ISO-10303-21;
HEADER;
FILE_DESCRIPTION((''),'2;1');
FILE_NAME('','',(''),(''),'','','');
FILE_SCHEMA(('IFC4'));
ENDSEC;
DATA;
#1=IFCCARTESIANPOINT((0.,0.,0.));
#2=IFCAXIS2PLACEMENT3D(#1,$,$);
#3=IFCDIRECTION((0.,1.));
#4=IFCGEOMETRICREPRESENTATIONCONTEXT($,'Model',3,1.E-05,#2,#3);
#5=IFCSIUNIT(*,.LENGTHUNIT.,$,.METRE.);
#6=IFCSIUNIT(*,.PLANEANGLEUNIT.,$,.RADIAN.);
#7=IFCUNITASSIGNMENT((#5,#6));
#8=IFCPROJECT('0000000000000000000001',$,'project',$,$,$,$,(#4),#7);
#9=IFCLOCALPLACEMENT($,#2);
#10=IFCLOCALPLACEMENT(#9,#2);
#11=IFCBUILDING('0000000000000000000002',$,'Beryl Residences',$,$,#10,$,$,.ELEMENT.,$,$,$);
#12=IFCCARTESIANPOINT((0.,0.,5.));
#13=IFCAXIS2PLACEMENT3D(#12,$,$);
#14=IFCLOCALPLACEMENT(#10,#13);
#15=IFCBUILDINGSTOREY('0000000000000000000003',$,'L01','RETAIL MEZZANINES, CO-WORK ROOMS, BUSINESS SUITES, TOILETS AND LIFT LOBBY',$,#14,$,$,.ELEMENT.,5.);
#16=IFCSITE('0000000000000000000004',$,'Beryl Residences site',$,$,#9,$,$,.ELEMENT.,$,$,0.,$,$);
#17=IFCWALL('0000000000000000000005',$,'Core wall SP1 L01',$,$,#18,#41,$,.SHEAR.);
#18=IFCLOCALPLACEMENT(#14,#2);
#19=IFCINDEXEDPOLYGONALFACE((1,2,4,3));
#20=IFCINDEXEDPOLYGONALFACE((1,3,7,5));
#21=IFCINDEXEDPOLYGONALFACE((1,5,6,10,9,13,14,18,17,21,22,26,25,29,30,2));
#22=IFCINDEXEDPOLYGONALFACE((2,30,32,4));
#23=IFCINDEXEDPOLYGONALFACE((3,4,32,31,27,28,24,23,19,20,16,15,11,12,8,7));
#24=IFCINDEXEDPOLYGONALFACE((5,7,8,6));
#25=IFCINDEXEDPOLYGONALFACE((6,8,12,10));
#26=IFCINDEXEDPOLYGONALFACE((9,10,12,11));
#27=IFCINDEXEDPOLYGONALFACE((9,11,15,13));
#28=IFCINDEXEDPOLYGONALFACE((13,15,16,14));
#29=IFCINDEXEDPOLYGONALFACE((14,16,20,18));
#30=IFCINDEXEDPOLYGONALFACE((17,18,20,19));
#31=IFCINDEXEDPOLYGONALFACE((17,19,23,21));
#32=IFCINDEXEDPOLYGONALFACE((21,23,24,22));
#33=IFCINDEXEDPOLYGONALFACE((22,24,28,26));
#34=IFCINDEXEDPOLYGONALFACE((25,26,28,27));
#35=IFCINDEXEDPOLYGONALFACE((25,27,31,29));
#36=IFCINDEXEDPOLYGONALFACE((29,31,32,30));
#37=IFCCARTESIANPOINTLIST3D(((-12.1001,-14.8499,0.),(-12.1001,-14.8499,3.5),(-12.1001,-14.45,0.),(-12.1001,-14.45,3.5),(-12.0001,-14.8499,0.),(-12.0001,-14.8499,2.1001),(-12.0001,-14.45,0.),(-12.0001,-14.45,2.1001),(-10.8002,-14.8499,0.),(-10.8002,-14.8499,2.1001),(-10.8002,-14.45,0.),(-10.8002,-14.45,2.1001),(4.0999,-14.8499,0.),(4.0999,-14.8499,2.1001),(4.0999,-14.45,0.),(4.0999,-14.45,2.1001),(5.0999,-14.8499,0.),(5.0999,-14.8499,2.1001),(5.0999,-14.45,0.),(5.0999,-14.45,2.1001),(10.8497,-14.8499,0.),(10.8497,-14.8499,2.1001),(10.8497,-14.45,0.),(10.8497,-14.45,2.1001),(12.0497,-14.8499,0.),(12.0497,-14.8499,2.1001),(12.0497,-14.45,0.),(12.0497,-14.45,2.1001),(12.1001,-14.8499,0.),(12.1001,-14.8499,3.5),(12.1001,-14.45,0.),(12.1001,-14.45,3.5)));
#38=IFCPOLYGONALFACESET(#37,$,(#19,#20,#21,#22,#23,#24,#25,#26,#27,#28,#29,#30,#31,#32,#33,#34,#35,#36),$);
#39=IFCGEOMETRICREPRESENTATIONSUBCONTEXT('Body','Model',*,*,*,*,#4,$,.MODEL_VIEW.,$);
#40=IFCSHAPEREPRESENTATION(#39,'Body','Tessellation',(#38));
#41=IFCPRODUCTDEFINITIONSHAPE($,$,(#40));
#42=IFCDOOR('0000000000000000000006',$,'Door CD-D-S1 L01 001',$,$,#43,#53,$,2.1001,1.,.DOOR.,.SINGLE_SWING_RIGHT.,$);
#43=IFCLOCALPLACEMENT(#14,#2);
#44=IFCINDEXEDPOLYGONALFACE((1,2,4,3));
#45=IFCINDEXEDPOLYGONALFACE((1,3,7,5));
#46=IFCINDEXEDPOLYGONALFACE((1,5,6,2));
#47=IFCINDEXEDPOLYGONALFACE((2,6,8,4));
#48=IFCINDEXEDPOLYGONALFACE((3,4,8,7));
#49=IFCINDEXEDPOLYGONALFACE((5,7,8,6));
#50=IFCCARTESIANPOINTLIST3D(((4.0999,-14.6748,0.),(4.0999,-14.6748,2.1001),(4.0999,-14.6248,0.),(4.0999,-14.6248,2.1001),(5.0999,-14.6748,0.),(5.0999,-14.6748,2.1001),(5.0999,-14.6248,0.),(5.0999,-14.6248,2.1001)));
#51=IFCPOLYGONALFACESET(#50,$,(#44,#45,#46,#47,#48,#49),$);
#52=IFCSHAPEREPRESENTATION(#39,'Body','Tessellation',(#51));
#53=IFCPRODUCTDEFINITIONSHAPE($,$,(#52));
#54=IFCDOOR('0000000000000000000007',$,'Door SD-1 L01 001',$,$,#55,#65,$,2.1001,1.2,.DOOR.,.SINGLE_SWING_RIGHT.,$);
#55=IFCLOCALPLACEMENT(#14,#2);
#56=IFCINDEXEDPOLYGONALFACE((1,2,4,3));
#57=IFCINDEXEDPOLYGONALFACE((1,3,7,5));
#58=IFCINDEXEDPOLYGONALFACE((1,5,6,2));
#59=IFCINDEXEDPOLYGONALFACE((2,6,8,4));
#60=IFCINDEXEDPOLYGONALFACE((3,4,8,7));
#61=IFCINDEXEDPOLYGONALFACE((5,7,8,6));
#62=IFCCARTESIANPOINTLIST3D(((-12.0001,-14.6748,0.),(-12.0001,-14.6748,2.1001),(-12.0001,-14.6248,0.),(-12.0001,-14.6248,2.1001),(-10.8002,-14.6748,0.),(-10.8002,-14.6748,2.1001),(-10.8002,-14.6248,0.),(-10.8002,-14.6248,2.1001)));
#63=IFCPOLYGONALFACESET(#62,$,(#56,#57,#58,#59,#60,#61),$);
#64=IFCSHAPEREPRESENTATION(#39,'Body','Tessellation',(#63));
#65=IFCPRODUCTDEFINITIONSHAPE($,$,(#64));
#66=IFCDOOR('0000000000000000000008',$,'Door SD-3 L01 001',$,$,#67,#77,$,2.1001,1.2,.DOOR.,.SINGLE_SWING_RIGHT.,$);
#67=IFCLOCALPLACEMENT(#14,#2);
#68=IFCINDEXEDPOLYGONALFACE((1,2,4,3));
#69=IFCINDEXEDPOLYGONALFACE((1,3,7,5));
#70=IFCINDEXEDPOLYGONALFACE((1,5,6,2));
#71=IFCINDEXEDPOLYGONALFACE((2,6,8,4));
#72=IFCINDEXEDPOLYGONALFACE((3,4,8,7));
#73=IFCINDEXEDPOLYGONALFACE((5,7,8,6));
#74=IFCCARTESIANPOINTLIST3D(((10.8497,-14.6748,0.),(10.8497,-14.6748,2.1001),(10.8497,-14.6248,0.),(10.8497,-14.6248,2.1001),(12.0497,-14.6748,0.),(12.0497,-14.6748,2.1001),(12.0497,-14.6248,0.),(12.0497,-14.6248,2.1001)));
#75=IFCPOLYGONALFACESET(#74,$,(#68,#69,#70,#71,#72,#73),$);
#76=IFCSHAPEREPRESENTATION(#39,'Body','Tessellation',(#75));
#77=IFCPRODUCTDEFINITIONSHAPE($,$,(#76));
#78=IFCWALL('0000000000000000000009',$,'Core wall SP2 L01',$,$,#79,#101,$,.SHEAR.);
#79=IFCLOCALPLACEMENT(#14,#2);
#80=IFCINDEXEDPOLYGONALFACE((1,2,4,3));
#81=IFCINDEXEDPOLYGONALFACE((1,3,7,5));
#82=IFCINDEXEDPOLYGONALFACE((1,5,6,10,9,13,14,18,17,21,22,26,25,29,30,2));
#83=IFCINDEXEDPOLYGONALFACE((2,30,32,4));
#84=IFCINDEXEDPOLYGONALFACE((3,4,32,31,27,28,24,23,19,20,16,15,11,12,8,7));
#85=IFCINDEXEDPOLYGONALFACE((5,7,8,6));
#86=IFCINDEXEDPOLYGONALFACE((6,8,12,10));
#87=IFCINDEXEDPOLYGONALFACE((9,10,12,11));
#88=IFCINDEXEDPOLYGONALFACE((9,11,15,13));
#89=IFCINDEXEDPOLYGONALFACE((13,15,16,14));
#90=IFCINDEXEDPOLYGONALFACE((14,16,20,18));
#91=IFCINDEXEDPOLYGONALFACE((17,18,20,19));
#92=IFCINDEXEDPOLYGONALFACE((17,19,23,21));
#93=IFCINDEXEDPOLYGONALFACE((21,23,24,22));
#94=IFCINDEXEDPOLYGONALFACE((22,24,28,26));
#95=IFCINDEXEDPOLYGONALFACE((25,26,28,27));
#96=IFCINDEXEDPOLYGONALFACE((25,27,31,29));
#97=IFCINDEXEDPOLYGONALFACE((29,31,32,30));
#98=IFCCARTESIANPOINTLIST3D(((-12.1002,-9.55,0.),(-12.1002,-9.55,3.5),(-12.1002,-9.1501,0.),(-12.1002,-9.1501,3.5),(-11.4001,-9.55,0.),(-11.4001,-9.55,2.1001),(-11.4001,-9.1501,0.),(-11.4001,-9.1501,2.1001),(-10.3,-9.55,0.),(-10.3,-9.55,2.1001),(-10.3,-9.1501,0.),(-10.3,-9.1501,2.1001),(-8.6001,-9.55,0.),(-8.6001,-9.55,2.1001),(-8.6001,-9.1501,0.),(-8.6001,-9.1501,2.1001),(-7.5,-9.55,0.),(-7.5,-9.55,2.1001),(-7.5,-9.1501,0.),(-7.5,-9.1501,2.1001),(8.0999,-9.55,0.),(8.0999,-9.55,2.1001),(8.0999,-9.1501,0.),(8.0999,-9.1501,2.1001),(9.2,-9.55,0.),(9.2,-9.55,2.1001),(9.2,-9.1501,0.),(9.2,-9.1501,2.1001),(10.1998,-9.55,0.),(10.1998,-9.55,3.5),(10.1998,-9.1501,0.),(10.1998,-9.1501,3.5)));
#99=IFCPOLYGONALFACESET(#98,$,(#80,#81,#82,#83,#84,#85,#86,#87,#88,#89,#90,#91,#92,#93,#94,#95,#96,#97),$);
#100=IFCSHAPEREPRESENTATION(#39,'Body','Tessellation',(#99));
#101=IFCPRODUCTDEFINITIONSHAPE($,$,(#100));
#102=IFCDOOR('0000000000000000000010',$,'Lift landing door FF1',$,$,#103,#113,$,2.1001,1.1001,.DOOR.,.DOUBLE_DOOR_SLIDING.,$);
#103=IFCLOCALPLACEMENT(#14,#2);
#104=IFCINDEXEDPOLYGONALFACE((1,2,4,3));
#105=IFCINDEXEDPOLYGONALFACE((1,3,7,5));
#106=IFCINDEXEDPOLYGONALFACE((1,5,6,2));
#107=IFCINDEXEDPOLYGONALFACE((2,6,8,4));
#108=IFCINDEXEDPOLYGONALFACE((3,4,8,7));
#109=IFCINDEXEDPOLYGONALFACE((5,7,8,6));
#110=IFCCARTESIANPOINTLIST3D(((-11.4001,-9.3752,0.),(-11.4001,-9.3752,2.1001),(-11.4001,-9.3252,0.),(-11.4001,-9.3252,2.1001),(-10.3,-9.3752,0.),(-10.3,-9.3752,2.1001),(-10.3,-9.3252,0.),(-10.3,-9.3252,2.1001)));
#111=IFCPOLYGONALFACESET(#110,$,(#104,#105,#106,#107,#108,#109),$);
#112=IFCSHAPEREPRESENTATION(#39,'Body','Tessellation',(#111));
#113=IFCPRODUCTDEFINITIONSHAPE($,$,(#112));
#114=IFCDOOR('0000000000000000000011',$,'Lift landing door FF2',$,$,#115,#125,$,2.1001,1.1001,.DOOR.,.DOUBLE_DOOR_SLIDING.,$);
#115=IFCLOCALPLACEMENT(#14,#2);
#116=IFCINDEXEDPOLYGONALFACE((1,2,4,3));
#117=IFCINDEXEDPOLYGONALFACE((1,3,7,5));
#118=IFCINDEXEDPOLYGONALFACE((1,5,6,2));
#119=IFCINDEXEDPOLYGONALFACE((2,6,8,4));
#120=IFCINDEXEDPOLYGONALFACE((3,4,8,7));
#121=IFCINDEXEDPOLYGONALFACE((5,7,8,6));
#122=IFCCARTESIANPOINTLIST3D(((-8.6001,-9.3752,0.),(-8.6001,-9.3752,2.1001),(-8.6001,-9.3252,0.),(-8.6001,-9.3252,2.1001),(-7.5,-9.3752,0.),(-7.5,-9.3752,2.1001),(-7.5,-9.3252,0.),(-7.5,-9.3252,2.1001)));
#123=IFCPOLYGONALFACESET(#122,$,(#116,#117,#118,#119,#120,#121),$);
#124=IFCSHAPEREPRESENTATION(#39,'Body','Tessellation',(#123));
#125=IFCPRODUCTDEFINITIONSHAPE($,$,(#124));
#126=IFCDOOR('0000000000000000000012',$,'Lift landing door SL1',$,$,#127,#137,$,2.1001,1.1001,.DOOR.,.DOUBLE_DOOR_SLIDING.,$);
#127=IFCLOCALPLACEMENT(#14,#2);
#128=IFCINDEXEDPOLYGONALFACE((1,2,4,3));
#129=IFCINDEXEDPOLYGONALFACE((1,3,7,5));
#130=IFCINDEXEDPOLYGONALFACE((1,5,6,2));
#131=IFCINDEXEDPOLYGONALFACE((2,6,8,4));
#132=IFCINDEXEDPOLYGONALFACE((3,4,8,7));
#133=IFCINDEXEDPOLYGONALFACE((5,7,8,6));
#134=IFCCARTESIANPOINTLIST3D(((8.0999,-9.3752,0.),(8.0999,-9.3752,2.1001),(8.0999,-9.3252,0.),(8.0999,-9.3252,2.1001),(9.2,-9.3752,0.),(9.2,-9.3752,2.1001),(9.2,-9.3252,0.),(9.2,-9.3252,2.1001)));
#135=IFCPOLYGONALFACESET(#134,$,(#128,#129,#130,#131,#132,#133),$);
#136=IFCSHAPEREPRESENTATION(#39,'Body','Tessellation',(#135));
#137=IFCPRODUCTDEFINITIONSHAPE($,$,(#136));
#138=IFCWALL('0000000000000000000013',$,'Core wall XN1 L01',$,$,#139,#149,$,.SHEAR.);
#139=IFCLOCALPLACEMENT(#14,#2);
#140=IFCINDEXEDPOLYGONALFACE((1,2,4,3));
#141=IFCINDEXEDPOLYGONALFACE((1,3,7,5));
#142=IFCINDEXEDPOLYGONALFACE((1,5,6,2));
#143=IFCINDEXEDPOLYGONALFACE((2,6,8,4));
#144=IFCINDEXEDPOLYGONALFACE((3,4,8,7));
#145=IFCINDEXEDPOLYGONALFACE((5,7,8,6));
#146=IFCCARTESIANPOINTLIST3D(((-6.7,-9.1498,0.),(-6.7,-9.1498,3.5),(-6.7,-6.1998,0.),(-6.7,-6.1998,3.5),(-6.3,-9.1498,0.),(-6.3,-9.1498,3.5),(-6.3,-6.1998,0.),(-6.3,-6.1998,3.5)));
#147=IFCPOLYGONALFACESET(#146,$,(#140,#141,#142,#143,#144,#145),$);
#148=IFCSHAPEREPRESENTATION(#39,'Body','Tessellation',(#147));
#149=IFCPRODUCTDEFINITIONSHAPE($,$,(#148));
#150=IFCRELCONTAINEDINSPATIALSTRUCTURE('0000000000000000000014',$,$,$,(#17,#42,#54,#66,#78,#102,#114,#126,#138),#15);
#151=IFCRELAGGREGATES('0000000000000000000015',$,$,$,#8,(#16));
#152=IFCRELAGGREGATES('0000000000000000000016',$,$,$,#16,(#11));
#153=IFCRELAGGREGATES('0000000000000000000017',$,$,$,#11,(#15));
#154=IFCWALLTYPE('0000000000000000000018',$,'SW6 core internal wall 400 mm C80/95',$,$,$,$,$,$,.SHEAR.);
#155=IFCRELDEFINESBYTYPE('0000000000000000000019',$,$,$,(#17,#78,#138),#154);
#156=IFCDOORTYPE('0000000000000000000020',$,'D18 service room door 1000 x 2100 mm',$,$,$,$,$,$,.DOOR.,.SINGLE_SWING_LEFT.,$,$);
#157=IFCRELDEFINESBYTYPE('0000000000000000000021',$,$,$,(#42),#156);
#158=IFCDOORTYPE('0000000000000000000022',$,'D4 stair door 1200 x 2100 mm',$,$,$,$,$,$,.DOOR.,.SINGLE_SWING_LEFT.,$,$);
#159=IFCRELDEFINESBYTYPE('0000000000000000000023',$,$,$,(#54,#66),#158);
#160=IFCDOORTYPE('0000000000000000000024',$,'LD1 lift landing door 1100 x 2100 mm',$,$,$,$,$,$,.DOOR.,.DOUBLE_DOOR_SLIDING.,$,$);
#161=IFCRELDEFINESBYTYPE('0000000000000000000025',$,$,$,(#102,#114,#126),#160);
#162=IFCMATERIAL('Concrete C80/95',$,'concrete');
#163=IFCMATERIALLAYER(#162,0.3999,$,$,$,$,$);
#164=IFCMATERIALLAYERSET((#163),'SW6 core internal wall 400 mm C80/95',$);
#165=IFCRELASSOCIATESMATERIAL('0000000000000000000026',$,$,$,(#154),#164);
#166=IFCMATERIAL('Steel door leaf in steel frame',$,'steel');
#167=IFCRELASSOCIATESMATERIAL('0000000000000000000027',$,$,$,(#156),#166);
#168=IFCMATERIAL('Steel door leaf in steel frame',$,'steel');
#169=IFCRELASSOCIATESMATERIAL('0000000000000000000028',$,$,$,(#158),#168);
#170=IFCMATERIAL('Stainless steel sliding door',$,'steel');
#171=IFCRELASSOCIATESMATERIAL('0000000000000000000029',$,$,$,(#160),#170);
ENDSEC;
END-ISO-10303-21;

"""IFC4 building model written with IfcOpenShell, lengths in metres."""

from ifc_helpers import new_model, si_unit, direction, frame, frame_2d, origin, place, context, subcontext, project, spatial, rectangle, extrude, material, layer, layer_set, type_object, element, fill, save


model = new_model("IFC4")

# Units and contexts
model_context = context("Model", 3, precision=1e-05, world=origin(), true_north=direction((0.0, 1.0)))
body_context = subcontext(model_context, "Body", "Model", "MODEL_VIEW")
ifc_project = project(units=[si_unit("LENGTHUNIT", "METRE"), si_unit("PLANEANGLEUNIT", "RADIAN")], contexts=[model_context])

# Site, building, storey
site_placement = place(None, origin())
site = spatial("IfcSite", under=ifc_project, at=site_placement, Name="Beryl Residences site", CompositionType="ELEMENT", RefElevation=0.0)
building_placement = place(site_placement, origin())
building = spatial("IfcBuilding", under=site, at=building_placement, Name="Beryl Residences", CompositionType="ELEMENT")
storey_placement = place(building_placement, frame((0.0, 0.0, 5.0)))
storey = spatial("IfcBuildingStorey", under=building, at=storey_placement, Name="L01", Description="RETAIL MEZZANINES, CO-WORK ROOMS, BUSINESS SUITES, TOILETS AND LIFT LOBBY", CompositionType="ELEMENT", Elevation=5.0)

# Walls, openings, doors
ifc_material_1 = material(Name="Concrete C80/95", Category="concrete")
ifc_layer_1 = layer(ifc_material_1, 0.3999)
ifc_layer_set_1 = layer_set([ifc_layer_1], Name="SW6 core internal wall 400 mm C80/95")
wall_type_1 = type_object("IfcWallType", Name="SW6 core internal wall 400 mm C80/95", PredefinedType="SHEAR", material=ifc_layer_set_1)
wall_1_placement = place(storey_placement, frame((-12.1001, -14.6499, 0.0), z_axis=(0.0, 0.0, 1.0), x_axis=(1.0, 0.0, 0.0)))
wall_1 = element("IfcWall", 1, at=wall_1_placement, inside=storey, type_object=wall_type_1, Name="Core wall SP1 L01", PredefinedType="SHEAR", context=body_context, shape_type="SweptSolid", body=[
    extrude(rectangle(XDim=24.2002, YDim=0.3999, at=frame_2d((12.1001, 0.0))), origin(), (0.0, 0.0, 1.0), 3.5),
])
opening_1_placement = place(wall_1_placement, frame((1.3, 0.0, 0.0), z_axis=(0.0, 0.0, 1.0), x_axis=(-1.0, 0.0, 0.0)))
opening_1 = element("IfcOpeningElement", 2, at=opening_1_placement, cuts=wall_1, PredefinedType="OPENING", context=body_context, shape_type="SweptSolid", body=[
    extrude(rectangle(XDim=1.2, YDim=2.1001, at=frame_2d((0.6001, 1.05))), frame((0.0, 0.21, 0.0), z_axis=(0.0, -1.0, 0.0), x_axis=(1.0, 0.0, 0.0)), (0.0, 0.0, 1.0), 0.4199),
])
opening_2_placement = place(wall_1_placement, frame((24.1499, 0.0, 0.0), z_axis=(0.0, 0.0, 1.0), x_axis=(-1.0, 0.0, 0.0)))
opening_2 = element("IfcOpeningElement", 3, at=opening_2_placement, cuts=wall_1, PredefinedType="OPENING", context=body_context, shape_type="SweptSolid", body=[
    extrude(rectangle(XDim=1.2, YDim=2.1001, at=frame_2d((0.6001, 1.05))), frame((0.0, 0.21, 0.0), z_axis=(0.0, -1.0, 0.0), x_axis=(1.0, 0.0, 0.0)), (0.0, 0.0, 1.0), 0.4199),
])
opening_3_placement = place(wall_1_placement, frame((17.2, 0.0, 0.0), z_axis=(0.0, 0.0, 1.0), x_axis=(-1.0, 0.0, 0.0)))
opening_3 = element("IfcOpeningElement", 4, at=opening_3_placement, cuts=wall_1, PredefinedType="OPENING", context=body_context, shape_type="SweptSolid", body=[
    extrude(rectangle(XDim=1.0, YDim=2.1001, at=frame_2d((0.5, 1.05))), frame((0.0, 0.21, 0.0), z_axis=(0.0, -1.0, 0.0), x_axis=(1.0, 0.0, 0.0)), (0.0, 0.0, 1.0), 0.4199),
])
ifc_material_2 = material(Name="Steel door leaf in steel frame", Category="steel")
door_type_1 = type_object("IfcDoorType", Name="D18 service room door 1000 x 2100 mm", OperationType="SINGLE_SWING_LEFT", PredefinedType="DOOR", material=ifc_material_2)
door_1_placement = place(opening_3_placement, origin())
door_1 = element("IfcDoor", 5, at=door_1_placement, inside=storey, type_object=door_type_1, Name="Door CD-D-S1 L01 001", OperationType="SINGLE_SWING_RIGHT", OverallHeight=2.1001, OverallWidth=1.0, PredefinedType="DOOR", context=body_context, shape_type="SweptSolid", body=[
    extrude(rectangle(XDim=1.0, YDim=2.1001, at=frame_2d((0.5, 1.05))), frame((0.0, 0.0249, 0.0), z_axis=(0.0, -1.0, 0.0), x_axis=(1.0, 0.0, 0.0)), (0.0, 0.0, 1.0), 0.05),
])
fill(opening_3, door_1)
ifc_material_3 = material(Name="Steel door leaf in steel frame", Category="steel")
door_type_2 = type_object("IfcDoorType", Name="D4 stair door 1200 x 2100 mm", OperationType="SINGLE_SWING_LEFT", PredefinedType="DOOR", material=ifc_material_3)
door_2_placement = place(opening_1_placement, origin())
door_2 = element("IfcDoor", 6, at=door_2_placement, inside=storey, type_object=door_type_2, Name="Door SD-1 L01 001", OperationType="SINGLE_SWING_RIGHT", OverallHeight=2.1001, OverallWidth=1.2, PredefinedType="DOOR", context=body_context, shape_type="SweptSolid", body=[
    extrude(rectangle(XDim=1.2, YDim=2.1001, at=frame_2d((0.6001, 1.05))), frame((0.0, 0.0249, 0.0), z_axis=(0.0, -1.0, 0.0), x_axis=(1.0, 0.0, 0.0)), (0.0, 0.0, 1.0), 0.05),
])
fill(opening_1, door_2)
door_3_placement = place(opening_2_placement, origin())
door_3 = element("IfcDoor", 7, at=door_3_placement, inside=storey, type_object=door_type_2, Name="Door SD-3 L01 001", OperationType="SINGLE_SWING_RIGHT", OverallHeight=2.1001, OverallWidth=1.2, PredefinedType="DOOR", context=body_context, shape_type="SweptSolid", body=[
    extrude(rectangle(XDim=1.2, YDim=2.1001, at=frame_2d((0.6001, 1.05))), frame((0.0, 0.0249, 0.0), z_axis=(0.0, -1.0, 0.0), x_axis=(1.0, 0.0, 0.0)), (0.0, 0.0, 1.0), 0.05),
])
fill(opening_2, door_3)
wall_2_placement = place(storey_placement, frame((-12.1001, -9.3501, 0.0), z_axis=(0.0, 0.0, 1.0), x_axis=(1.0, 0.0, 0.0)))
wall_2 = element("IfcWall", 8, at=wall_2_placement, inside=storey, type_object=wall_type_1, Name="Core wall SP2 L01", PredefinedType="SHEAR", context=body_context, shape_type="SweptSolid", body=[
    extrude(rectangle(XDim=22.3, YDim=0.3999, at=frame_2d((11.1499, 0.0))), origin(), (0.0, 0.0, 1.0), 3.5),
])
opening_4_placement = place(wall_2_placement, frame((0.7, 0.0, 0.0)))
opening_4 = element("IfcOpeningElement", 9, at=opening_4_placement, cuts=wall_2, PredefinedType="OPENING", context=body_context, shape_type="SweptSolid", body=[
    extrude(rectangle(XDim=1.1001, YDim=2.1001, at=frame_2d((0.55, 1.05))), frame((0.0, 0.21, 0.0), z_axis=(0.0, -1.0, 0.0), x_axis=(1.0, 0.0, 0.0)), (0.0, 0.0, 1.0), 0.4199),
])
opening_5_placement = place(wall_2_placement, frame((3.5, 0.0, 0.0)))
opening_5 = element("IfcOpeningElement", 10, at=opening_5_placement, cuts=wall_2, PredefinedType="OPENING", context=body_context, shape_type="SweptSolid", body=[
    extrude(rectangle(XDim=1.1001, YDim=2.1001, at=frame_2d((0.55, 1.05))), frame((0.0, 0.21, 0.0), z_axis=(0.0, -1.0, 0.0), x_axis=(1.0, 0.0, 0.0)), (0.0, 0.0, 1.0), 0.4199),
])
opening_6_placement = place(wall_2_placement, frame((20.2, 0.0, 0.0)))
opening_6 = element("IfcOpeningElement", 11, at=opening_6_placement, cuts=wall_2, PredefinedType="OPENING", context=body_context, shape_type="SweptSolid", body=[
    extrude(rectangle(XDim=1.1001, YDim=2.1001, at=frame_2d((0.55, 1.05))), frame((0.0, 0.21, 0.0), z_axis=(0.0, -1.0, 0.0), x_axis=(1.0, 0.0, 0.0)), (0.0, 0.0, 1.0), 0.4199),
])
ifc_material_4 = material(Name="Stainless steel sliding door", Category="steel")
door_type_3 = type_object("IfcDoorType", Name="LD1 lift landing door 1100 x 2100 mm", OperationType="DOUBLE_DOOR_SLIDING", PredefinedType="DOOR", material=ifc_material_4)
door_4_placement = place(opening_4_placement, origin())
door_4 = element("IfcDoor", 12, at=door_4_placement, inside=storey, type_object=door_type_3, Name="Lift landing door FF1", OperationType="DOUBLE_DOOR_SLIDING", OverallHeight=2.1001, OverallWidth=1.1001, PredefinedType="DOOR", context=body_context, shape_type="SweptSolid", body=[
    extrude(rectangle(XDim=1.1001, YDim=2.1001, at=frame_2d((0.55, 1.05))), frame((0.0, 0.0249, 0.0), z_axis=(0.0, -1.0, 0.0), x_axis=(1.0, 0.0, 0.0)), (0.0, 0.0, 1.0), 0.05),
])
fill(opening_4, door_4)
door_5_placement = place(opening_5_placement, origin())
door_5 = element("IfcDoor", 13, at=door_5_placement, inside=storey, type_object=door_type_3, Name="Lift landing door FF2", OperationType="DOUBLE_DOOR_SLIDING", OverallHeight=2.1001, OverallWidth=1.1001, PredefinedType="DOOR", context=body_context, shape_type="SweptSolid", body=[
    extrude(rectangle(XDim=1.1001, YDim=2.1001, at=frame_2d((0.55, 1.05))), frame((0.0, 0.0249, 0.0), z_axis=(0.0, -1.0, 0.0), x_axis=(1.0, 0.0, 0.0)), (0.0, 0.0, 1.0), 0.05),
])
fill(opening_5, door_5)
door_6_placement = place(opening_6_placement, origin())
door_6 = element("IfcDoor", 14, at=door_6_placement, inside=storey, type_object=door_type_3, Name="Lift landing door SL1", OperationType="DOUBLE_DOOR_SLIDING", OverallHeight=2.1001, OverallWidth=1.1001, PredefinedType="DOOR", context=body_context, shape_type="SweptSolid", body=[
    extrude(rectangle(XDim=1.1001, YDim=2.1001, at=frame_2d((0.55, 1.05))), frame((0.0, 0.0249, 0.0), z_axis=(0.0, -1.0, 0.0), x_axis=(1.0, 0.0, 0.0)), (0.0, 0.0, 1.0), 0.05),
])
fill(opening_6, door_6)

# Wall
wall_3_placement = place(storey_placement, frame((-6.5, -9.1499, 0.0), z_axis=(0.0, 0.0, 1.0), x_axis=(0.0, 1.0, 0.0)))
element("IfcWall", 15, at=wall_3_placement, inside=storey, type_object=wall_type_1, Name="Core wall XN1 L01", PredefinedType="SHEAR", context=body_context, shape_type="SweptSolid", body=[
    extrude(rectangle(XDim=2.95, YDim=0.3999, at=frame_2d((1.4751, 0.0))), origin(), (0.0, 0.0, 1.0), 3.5),
])

save(model, "model.ifc")
